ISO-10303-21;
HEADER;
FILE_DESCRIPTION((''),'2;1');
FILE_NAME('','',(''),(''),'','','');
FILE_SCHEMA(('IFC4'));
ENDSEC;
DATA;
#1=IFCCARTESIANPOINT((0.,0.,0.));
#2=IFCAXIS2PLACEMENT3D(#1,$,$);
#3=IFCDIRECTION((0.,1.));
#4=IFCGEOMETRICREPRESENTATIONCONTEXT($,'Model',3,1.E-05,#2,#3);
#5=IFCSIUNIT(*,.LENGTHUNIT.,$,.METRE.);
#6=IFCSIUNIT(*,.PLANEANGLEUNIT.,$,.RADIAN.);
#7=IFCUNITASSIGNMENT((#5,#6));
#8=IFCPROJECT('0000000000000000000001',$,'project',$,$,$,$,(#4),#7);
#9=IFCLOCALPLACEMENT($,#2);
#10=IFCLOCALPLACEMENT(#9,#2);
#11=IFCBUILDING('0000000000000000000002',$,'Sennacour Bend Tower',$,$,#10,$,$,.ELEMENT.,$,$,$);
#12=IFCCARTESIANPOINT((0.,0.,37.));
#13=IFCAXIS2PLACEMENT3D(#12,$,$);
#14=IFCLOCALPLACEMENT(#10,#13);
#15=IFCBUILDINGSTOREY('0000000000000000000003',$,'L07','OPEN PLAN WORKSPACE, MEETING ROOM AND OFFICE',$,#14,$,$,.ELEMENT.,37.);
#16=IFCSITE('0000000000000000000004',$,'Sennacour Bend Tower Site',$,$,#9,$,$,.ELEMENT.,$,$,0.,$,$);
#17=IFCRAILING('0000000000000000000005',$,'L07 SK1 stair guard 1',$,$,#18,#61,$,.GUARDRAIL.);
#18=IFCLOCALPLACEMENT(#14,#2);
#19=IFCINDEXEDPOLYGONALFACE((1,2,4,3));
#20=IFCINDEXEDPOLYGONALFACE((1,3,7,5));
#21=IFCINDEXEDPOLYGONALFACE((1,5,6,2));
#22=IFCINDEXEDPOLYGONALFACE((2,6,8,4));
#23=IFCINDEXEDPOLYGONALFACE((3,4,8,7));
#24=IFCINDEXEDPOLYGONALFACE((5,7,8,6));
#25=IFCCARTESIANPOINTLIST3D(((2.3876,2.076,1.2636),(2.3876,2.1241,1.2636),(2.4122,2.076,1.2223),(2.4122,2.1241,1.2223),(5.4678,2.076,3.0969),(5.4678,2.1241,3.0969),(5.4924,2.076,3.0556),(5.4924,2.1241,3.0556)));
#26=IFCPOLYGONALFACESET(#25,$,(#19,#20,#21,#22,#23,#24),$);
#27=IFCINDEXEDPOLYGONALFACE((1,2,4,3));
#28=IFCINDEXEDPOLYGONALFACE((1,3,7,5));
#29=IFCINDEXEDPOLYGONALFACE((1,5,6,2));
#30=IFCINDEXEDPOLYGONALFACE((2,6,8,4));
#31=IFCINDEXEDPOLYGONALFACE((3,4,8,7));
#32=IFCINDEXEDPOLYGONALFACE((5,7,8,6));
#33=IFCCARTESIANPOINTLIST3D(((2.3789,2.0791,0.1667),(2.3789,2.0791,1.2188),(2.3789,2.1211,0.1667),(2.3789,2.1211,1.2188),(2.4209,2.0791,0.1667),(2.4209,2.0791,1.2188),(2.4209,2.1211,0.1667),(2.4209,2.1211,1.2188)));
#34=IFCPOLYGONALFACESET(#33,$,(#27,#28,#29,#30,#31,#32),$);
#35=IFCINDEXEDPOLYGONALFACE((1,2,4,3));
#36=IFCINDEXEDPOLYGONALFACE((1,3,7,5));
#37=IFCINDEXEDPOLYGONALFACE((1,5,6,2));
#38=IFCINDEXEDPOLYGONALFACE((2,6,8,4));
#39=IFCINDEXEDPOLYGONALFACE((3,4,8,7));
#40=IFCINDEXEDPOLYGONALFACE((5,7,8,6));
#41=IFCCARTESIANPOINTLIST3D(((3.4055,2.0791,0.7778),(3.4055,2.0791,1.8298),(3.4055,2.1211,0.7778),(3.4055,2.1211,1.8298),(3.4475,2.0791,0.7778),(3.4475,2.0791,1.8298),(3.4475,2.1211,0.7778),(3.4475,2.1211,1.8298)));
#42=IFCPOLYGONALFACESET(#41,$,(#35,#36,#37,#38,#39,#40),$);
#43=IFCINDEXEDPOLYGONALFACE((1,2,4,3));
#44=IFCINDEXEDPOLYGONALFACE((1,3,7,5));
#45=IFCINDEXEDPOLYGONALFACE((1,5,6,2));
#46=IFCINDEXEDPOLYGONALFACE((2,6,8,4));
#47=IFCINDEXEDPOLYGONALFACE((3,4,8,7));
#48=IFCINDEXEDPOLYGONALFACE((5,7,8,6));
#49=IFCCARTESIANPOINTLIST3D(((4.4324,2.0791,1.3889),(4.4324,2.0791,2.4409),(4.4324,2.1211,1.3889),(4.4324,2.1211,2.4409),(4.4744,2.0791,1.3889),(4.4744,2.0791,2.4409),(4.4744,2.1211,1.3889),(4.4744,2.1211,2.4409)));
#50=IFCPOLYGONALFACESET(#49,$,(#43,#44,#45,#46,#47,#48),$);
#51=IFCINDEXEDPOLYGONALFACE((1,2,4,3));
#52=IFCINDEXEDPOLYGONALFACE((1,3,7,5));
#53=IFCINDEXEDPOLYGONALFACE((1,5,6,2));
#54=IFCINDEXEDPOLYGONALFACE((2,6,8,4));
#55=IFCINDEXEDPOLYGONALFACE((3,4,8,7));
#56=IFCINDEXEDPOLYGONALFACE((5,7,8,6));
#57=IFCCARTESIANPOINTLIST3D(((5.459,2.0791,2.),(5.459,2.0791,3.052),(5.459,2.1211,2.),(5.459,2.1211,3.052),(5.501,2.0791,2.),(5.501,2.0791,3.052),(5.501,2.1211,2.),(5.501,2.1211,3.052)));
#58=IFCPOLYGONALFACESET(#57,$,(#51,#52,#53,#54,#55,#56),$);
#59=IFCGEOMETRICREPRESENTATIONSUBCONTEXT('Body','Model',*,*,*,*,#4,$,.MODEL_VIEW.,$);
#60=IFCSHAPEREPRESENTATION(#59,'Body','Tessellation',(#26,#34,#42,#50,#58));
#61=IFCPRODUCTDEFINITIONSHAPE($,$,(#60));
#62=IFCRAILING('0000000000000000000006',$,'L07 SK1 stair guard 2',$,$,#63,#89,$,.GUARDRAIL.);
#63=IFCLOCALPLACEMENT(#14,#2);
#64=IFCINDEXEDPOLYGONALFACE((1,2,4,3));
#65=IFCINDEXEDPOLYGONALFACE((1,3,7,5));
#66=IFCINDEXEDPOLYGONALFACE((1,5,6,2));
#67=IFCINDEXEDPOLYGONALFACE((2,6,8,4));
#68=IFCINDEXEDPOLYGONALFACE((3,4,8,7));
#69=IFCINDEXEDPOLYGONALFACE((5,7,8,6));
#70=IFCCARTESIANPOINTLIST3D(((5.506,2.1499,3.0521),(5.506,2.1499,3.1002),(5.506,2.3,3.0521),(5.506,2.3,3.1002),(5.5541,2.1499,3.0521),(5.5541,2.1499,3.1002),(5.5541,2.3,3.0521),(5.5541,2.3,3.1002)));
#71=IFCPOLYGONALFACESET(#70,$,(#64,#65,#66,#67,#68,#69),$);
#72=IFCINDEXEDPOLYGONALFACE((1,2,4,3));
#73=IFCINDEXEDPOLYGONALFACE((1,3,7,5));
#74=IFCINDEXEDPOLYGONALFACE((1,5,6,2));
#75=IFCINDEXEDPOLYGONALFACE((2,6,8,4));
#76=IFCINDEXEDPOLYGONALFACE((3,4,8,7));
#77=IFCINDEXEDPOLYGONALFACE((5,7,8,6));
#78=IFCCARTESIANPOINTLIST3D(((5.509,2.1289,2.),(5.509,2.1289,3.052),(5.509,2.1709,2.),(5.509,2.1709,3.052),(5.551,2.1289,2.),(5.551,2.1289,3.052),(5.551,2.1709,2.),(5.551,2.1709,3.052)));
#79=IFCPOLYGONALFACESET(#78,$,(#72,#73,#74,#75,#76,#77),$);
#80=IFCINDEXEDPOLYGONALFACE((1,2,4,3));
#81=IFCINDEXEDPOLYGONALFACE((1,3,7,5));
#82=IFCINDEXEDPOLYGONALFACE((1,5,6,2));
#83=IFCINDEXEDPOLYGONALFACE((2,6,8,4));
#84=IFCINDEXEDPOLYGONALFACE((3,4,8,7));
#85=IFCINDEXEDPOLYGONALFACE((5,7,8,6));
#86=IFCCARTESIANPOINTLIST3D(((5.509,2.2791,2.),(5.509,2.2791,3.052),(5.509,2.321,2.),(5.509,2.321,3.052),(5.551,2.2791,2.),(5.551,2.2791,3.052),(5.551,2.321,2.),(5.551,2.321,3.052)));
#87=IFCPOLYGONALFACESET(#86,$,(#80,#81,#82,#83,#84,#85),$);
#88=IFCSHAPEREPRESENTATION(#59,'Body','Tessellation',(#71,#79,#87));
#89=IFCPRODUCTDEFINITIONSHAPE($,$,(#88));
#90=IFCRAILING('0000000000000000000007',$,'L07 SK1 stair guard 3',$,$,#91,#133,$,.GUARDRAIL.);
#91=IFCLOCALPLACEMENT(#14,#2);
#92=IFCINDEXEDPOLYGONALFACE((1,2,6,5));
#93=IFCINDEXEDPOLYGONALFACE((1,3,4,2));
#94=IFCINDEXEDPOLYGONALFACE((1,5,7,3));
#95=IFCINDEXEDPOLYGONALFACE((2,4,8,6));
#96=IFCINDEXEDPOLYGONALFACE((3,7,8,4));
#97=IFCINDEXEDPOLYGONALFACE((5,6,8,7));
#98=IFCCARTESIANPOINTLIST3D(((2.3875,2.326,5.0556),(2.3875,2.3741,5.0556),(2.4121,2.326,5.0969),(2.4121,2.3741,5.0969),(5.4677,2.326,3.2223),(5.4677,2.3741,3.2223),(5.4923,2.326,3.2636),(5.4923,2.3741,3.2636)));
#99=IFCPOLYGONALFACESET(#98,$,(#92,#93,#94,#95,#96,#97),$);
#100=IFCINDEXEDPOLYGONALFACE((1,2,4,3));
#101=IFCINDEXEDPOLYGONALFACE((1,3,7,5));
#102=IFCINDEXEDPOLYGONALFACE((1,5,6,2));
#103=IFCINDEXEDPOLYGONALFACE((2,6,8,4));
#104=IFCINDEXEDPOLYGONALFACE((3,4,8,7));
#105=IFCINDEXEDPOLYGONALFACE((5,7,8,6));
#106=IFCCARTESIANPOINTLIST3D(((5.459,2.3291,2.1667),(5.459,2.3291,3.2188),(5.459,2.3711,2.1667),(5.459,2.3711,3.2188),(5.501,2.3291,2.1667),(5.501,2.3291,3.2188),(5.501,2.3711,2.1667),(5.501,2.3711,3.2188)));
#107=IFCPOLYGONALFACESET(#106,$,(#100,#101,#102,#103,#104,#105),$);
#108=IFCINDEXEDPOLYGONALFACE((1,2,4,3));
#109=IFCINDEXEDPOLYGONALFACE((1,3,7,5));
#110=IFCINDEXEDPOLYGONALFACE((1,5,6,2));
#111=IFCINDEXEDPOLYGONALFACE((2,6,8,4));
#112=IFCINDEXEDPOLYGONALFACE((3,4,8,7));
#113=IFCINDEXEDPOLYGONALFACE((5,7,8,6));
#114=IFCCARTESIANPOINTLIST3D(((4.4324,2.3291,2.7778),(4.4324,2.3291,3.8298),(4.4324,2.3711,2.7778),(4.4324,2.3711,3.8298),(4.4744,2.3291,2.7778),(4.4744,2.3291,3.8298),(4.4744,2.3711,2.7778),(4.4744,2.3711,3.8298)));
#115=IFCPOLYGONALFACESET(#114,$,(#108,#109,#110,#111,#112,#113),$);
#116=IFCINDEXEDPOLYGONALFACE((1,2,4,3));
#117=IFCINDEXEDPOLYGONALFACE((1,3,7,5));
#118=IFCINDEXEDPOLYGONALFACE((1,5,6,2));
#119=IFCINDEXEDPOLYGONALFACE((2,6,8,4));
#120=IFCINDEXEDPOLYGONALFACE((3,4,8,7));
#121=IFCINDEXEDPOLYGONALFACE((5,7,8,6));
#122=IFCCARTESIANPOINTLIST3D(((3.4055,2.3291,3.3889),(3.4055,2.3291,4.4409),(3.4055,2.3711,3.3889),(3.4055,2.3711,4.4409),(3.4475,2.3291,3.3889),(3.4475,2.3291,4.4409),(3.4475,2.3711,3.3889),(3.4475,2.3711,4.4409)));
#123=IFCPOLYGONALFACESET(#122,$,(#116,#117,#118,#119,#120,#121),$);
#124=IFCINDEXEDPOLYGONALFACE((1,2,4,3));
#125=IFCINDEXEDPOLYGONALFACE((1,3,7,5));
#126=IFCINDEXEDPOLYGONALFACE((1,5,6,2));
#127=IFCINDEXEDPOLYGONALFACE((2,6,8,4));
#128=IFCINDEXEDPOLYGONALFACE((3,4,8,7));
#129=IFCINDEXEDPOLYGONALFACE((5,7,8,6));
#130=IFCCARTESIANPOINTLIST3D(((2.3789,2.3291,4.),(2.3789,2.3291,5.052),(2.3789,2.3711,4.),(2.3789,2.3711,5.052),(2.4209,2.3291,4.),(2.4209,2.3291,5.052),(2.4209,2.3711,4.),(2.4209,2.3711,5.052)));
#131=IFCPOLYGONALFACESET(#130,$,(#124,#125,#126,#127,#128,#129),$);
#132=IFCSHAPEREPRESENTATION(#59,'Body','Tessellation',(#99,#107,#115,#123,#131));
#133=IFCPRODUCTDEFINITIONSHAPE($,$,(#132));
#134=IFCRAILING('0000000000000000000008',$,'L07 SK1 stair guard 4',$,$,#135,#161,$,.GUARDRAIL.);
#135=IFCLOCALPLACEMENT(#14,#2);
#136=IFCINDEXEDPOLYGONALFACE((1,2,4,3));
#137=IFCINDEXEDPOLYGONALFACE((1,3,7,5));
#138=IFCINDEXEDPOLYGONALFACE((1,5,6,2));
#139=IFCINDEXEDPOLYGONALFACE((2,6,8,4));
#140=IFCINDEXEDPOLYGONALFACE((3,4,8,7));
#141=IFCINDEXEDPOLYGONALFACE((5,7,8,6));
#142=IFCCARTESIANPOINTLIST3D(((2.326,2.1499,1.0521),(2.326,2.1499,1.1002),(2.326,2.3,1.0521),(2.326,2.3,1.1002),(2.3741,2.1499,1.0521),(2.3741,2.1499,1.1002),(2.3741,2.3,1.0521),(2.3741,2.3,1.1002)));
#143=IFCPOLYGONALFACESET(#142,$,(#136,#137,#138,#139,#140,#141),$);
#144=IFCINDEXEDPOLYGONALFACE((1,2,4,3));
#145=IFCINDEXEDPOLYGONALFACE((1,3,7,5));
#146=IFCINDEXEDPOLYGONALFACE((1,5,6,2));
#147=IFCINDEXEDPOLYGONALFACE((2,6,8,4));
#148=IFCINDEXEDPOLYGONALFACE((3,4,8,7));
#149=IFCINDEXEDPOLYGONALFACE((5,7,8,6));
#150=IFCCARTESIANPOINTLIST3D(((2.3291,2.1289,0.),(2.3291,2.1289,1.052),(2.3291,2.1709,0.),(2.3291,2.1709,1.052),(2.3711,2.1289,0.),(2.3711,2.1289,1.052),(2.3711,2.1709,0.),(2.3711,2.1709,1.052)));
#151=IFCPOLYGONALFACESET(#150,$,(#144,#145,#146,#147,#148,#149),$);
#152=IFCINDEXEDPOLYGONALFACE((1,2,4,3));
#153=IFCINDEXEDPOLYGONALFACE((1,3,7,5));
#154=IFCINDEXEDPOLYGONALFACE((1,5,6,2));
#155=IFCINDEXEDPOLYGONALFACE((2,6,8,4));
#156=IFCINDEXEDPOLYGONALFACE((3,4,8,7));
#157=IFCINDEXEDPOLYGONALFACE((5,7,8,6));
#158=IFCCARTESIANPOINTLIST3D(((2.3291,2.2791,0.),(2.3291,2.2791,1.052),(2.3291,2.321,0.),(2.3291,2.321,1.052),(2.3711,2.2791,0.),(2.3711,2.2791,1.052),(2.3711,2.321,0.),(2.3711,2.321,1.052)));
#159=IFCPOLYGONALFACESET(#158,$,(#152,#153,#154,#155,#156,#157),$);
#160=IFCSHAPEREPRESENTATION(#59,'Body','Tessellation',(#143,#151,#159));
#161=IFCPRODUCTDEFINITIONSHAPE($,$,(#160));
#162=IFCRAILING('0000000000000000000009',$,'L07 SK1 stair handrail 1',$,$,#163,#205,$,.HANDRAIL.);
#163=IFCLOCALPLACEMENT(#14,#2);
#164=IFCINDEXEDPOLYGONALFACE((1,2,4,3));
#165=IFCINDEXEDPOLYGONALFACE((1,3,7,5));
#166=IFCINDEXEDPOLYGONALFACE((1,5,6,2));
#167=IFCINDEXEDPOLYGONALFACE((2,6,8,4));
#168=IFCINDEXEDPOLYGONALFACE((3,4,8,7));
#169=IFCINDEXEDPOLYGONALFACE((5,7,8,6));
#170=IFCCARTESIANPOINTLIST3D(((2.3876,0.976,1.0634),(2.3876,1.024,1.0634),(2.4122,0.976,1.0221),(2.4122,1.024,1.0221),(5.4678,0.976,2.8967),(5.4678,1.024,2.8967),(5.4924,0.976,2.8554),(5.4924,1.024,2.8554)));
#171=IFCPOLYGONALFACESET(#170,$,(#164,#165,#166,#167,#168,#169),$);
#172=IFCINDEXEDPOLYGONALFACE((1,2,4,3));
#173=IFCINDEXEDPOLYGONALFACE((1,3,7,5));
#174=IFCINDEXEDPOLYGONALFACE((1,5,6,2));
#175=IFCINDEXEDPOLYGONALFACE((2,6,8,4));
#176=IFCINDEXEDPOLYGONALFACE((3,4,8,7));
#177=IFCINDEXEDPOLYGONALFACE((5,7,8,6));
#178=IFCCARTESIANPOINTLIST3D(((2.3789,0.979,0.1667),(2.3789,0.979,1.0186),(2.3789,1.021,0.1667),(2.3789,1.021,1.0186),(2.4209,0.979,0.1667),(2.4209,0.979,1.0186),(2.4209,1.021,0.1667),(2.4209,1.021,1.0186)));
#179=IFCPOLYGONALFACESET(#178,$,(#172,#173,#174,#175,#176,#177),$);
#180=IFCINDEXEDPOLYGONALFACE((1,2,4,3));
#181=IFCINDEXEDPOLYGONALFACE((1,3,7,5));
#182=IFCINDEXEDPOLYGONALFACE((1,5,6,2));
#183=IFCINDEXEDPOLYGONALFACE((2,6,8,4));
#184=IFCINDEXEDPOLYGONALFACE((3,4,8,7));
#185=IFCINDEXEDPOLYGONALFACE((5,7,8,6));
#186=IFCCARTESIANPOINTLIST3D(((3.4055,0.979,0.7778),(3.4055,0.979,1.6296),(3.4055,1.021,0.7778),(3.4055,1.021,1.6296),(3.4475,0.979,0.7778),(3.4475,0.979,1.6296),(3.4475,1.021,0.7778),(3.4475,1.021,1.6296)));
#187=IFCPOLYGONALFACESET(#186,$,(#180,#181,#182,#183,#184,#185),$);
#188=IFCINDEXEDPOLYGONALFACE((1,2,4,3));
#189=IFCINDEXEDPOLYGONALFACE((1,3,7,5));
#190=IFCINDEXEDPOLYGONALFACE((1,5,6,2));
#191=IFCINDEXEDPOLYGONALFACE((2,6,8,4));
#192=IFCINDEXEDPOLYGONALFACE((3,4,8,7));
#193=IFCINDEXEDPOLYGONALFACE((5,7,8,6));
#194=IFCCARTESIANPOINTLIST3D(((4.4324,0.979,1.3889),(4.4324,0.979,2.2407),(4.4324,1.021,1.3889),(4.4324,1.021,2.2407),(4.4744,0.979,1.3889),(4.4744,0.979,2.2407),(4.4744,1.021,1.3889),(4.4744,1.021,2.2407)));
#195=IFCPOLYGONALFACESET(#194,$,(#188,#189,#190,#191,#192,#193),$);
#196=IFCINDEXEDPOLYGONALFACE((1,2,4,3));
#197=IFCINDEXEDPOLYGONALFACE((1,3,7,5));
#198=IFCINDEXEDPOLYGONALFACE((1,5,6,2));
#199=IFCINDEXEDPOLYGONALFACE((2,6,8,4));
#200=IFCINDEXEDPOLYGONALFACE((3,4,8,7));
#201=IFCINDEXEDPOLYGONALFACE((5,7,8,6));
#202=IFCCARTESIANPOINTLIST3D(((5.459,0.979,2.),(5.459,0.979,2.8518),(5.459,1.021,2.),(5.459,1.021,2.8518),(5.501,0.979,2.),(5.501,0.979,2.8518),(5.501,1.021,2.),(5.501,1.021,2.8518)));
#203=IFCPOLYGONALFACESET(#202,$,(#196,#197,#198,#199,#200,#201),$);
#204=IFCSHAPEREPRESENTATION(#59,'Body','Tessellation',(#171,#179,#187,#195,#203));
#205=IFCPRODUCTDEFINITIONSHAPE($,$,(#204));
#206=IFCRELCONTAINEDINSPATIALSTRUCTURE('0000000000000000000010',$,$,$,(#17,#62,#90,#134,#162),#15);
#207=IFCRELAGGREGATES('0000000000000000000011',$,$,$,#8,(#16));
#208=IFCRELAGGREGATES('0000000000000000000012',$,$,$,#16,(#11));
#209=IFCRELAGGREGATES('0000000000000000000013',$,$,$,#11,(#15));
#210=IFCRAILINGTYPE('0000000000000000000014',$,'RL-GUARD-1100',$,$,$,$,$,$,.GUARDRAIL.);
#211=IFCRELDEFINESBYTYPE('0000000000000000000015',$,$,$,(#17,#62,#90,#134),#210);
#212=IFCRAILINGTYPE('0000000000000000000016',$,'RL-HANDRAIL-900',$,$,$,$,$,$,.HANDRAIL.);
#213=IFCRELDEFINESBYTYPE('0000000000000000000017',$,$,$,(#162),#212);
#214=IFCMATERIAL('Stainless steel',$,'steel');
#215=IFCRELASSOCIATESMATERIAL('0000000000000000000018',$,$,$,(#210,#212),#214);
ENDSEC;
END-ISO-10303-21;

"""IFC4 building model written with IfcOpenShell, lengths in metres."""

from ifc_helpers import new_model, si_unit, direction, frame, origin, origin_2d, place, context, subcontext, project, spatial, rectangle, extrude, material, type_object, element, save


model = new_model("IFC4")

# Units and contexts
model_context = context("Model", 3, precision=1e-05, world=origin(), true_north=direction((0.0, 1.0)))
body_context = subcontext(model_context, "Body", "Model", "MODEL_VIEW")
ifc_project = project(units=[si_unit("LENGTHUNIT", "METRE"), si_unit("PLANEANGLEUNIT", "RADIAN")], contexts=[model_context])

# Site, building, storey
site_placement = place(None, origin())
site = spatial("IfcSite", under=ifc_project, at=site_placement, Name="Sennacour Bend Tower Site", CompositionType="ELEMENT", RefElevation=0.0)
building_placement = place(site_placement, origin())
building = spatial("IfcBuilding", under=site, at=building_placement, Name="Sennacour Bend Tower", CompositionType="ELEMENT")
storey_placement = place(building_placement, frame((0.0, 0.0, 37.0)))
storey = spatial("IfcBuildingStorey", under=building, at=storey_placement, Name="L07", Description="OPEN PLAN WORKSPACE, MEETING ROOM AND OFFICE", CompositionType="ELEMENT", Elevation=37.0)

# Railings
ifc_material_1 = material(Name="Stainless steel", Category="steel")
railing_type_1 = type_object("IfcRailingType", Name="RL-GUARD-1100", PredefinedType="GUARDRAIL", material=ifc_material_1)
railing_1_placement = place(storey_placement, frame((2.3999, 2.1001, 0.1667)))
element("IfcRailing", 1, at=railing_1_placement, inside=storey, type_object=railing_type_1, Name="L07 SK1 stair guard 1", PredefinedType="GUARDRAIL", context=body_context, shape_type="SweptSolid", body=[
    extrude(rectangle(XDim=0.0481, YDim=0.0481, at=origin_2d()), frame((0.0, 0.0, 1.0762), z_axis=(0.859309, 0.0, 0.511458), x_axis=(0.0, 1.0, 0.0)), (0.0, 0.0, 1.0), 3.5845),
    extrude(rectangle(XDim=0.042, YDim=0.042, at=origin_2d()), origin(), (0.0, 0.0, 1.0), 1.052),
    extrude(rectangle(XDim=0.042, YDim=0.042, at=origin_2d()), frame((1.0266, 0.0, 0.6111)), (0.0, 0.0, 1.0), 1.052),
    extrude(rectangle(XDim=0.042, YDim=0.042, at=origin_2d()), frame((2.0535, 0.0, 1.2222)), (0.0, 0.0, 1.0), 1.052),
    extrude(rectangle(XDim=0.042, YDim=0.042, at=origin_2d()), frame((3.0801, 0.0, 1.8333)), (0.0, 0.0, 1.0), 1.052),
])
railing_2_placement = place(storey_placement, frame((5.53, 2.1499, 2.0)))
element("IfcRailing", 2, at=railing_2_placement, inside=storey, type_object=railing_type_1, Name="L07 SK1 stair guard 2", PredefinedType="GUARDRAIL", context=body_context, shape_type="SweptSolid", body=[
    extrude(rectangle(XDim=0.0481, YDim=0.0481, at=origin_2d()), frame((0.0, 0.0, 1.0762), z_axis=(0.0, 1.0, 0.0), x_axis=(-1.0, 0.0, 0.0)), (0.0, 0.0, 1.0), 0.1501),
    extrude(rectangle(XDim=0.042, YDim=0.042, at=origin_2d()), origin(), (0.0, 0.0, 1.0), 1.052),
    extrude(rectangle(XDim=0.042, YDim=0.042, at=origin_2d()), frame((0.0, 0.1501, 0.0)), (0.0, 0.0, 1.0), 1.052),
])
railing_3_placement = place(storey_placement, frame((5.48, 2.3501, 2.1667)))
element("IfcRailing", 3, at=railing_3_placement, inside=storey, type_object=railing_type_1, Name="L07 SK1 stair guard 3", PredefinedType="GUARDRAIL", context=body_context, shape_type="SweptSolid", body=[
    extrude(rectangle(XDim=0.0481, YDim=0.0481, at=origin_2d()), frame((0.0, 0.0, 1.0762), z_axis=(-0.859309, 0.0, 0.511458), x_axis=(0.0, -1.0, 0.0)), (0.0, 0.0, 1.0), 3.5845),
    extrude(rectangle(XDim=0.042, YDim=0.042, at=origin_2d()), origin(), (0.0, 0.0, 1.0), 1.052),
    extrude(rectangle(XDim=0.042, YDim=0.042, at=origin_2d()), frame((-1.0266, 0.0, 0.6111)), (0.0, 0.0, 1.0), 1.052),
    extrude(rectangle(XDim=0.042, YDim=0.042, at=origin_2d()), frame((-2.0535, 0.0, 1.2222)), (0.0, 0.0, 1.0), 1.052),
    extrude(rectangle(XDim=0.042, YDim=0.042, at=origin_2d()), frame((-3.0801, 0.0, 1.8333)), (0.0, 0.0, 1.0), 1.052),
])
railing_4_placement = place(storey_placement, frame((2.3501, 2.1499, 0.0)))
element("IfcRailing", 4, at=railing_4_placement, inside=storey, type_object=railing_type_1, Name="L07 SK1 stair guard 4", PredefinedType="GUARDRAIL", context=body_context, shape_type="SweptSolid", body=[
    extrude(rectangle(XDim=0.0481, YDim=0.0481, at=origin_2d()), frame((0.0, 0.0, 1.0762), z_axis=(0.0, 1.0, 0.0), x_axis=(-1.0, 0.0, 0.0)), (0.0, 0.0, 1.0), 0.1501),
    extrude(rectangle(XDim=0.042, YDim=0.042, at=origin_2d()), origin(), (0.0, 0.0, 1.0), 1.052),
    extrude(rectangle(XDim=0.042, YDim=0.042, at=origin_2d()), frame((0.0, 0.1501, 0.0)), (0.0, 0.0, 1.0), 1.052),
])
railing_type_2 = type_object("IfcRailingType", Name="RL-HANDRAIL-900", PredefinedType="HANDRAIL", material=ifc_material_1)
railing_5_placement = place(storey_placement, frame((2.3999, 1.0, 0.1667)))
element("IfcRailing", 5, at=railing_5_placement, inside=storey, type_object=railing_type_2, Name="L07 SK1 stair handrail 1", PredefinedType="HANDRAIL", context=body_context, shape_type="SweptSolid", body=[
    extrude(rectangle(XDim=0.0481, YDim=0.0481, at=origin_2d()), frame((0.0, 0.0, 0.876), z_axis=(0.859309, 0.0, 0.511458), x_axis=(0.0, 1.0, 0.0)), (0.0, 0.0, 1.0), 3.5845),
    extrude(rectangle(XDim=0.042, YDim=0.042, at=origin_2d()), origin(), (0.0, 0.0, 1.0), 0.8518),
    extrude(rectangle(XDim=0.042, YDim=0.042, at=origin_2d()), frame((1.0266, 0.0, 0.6111)), (0.0, 0.0, 1.0), 0.8518),
    extrude(rectangle(XDim=0.042, YDim=0.042, at=origin_2d()), frame((2.0535, 0.0, 1.2222)), (0.0, 0.0, 1.0), 0.8518),
    extrude(rectangle(XDim=0.042, YDim=0.042, at=origin_2d()), frame((3.0801, 0.0, 1.8333)), (0.0, 0.0, 1.0), 0.8518),
])

save(model, "model.ifc")
